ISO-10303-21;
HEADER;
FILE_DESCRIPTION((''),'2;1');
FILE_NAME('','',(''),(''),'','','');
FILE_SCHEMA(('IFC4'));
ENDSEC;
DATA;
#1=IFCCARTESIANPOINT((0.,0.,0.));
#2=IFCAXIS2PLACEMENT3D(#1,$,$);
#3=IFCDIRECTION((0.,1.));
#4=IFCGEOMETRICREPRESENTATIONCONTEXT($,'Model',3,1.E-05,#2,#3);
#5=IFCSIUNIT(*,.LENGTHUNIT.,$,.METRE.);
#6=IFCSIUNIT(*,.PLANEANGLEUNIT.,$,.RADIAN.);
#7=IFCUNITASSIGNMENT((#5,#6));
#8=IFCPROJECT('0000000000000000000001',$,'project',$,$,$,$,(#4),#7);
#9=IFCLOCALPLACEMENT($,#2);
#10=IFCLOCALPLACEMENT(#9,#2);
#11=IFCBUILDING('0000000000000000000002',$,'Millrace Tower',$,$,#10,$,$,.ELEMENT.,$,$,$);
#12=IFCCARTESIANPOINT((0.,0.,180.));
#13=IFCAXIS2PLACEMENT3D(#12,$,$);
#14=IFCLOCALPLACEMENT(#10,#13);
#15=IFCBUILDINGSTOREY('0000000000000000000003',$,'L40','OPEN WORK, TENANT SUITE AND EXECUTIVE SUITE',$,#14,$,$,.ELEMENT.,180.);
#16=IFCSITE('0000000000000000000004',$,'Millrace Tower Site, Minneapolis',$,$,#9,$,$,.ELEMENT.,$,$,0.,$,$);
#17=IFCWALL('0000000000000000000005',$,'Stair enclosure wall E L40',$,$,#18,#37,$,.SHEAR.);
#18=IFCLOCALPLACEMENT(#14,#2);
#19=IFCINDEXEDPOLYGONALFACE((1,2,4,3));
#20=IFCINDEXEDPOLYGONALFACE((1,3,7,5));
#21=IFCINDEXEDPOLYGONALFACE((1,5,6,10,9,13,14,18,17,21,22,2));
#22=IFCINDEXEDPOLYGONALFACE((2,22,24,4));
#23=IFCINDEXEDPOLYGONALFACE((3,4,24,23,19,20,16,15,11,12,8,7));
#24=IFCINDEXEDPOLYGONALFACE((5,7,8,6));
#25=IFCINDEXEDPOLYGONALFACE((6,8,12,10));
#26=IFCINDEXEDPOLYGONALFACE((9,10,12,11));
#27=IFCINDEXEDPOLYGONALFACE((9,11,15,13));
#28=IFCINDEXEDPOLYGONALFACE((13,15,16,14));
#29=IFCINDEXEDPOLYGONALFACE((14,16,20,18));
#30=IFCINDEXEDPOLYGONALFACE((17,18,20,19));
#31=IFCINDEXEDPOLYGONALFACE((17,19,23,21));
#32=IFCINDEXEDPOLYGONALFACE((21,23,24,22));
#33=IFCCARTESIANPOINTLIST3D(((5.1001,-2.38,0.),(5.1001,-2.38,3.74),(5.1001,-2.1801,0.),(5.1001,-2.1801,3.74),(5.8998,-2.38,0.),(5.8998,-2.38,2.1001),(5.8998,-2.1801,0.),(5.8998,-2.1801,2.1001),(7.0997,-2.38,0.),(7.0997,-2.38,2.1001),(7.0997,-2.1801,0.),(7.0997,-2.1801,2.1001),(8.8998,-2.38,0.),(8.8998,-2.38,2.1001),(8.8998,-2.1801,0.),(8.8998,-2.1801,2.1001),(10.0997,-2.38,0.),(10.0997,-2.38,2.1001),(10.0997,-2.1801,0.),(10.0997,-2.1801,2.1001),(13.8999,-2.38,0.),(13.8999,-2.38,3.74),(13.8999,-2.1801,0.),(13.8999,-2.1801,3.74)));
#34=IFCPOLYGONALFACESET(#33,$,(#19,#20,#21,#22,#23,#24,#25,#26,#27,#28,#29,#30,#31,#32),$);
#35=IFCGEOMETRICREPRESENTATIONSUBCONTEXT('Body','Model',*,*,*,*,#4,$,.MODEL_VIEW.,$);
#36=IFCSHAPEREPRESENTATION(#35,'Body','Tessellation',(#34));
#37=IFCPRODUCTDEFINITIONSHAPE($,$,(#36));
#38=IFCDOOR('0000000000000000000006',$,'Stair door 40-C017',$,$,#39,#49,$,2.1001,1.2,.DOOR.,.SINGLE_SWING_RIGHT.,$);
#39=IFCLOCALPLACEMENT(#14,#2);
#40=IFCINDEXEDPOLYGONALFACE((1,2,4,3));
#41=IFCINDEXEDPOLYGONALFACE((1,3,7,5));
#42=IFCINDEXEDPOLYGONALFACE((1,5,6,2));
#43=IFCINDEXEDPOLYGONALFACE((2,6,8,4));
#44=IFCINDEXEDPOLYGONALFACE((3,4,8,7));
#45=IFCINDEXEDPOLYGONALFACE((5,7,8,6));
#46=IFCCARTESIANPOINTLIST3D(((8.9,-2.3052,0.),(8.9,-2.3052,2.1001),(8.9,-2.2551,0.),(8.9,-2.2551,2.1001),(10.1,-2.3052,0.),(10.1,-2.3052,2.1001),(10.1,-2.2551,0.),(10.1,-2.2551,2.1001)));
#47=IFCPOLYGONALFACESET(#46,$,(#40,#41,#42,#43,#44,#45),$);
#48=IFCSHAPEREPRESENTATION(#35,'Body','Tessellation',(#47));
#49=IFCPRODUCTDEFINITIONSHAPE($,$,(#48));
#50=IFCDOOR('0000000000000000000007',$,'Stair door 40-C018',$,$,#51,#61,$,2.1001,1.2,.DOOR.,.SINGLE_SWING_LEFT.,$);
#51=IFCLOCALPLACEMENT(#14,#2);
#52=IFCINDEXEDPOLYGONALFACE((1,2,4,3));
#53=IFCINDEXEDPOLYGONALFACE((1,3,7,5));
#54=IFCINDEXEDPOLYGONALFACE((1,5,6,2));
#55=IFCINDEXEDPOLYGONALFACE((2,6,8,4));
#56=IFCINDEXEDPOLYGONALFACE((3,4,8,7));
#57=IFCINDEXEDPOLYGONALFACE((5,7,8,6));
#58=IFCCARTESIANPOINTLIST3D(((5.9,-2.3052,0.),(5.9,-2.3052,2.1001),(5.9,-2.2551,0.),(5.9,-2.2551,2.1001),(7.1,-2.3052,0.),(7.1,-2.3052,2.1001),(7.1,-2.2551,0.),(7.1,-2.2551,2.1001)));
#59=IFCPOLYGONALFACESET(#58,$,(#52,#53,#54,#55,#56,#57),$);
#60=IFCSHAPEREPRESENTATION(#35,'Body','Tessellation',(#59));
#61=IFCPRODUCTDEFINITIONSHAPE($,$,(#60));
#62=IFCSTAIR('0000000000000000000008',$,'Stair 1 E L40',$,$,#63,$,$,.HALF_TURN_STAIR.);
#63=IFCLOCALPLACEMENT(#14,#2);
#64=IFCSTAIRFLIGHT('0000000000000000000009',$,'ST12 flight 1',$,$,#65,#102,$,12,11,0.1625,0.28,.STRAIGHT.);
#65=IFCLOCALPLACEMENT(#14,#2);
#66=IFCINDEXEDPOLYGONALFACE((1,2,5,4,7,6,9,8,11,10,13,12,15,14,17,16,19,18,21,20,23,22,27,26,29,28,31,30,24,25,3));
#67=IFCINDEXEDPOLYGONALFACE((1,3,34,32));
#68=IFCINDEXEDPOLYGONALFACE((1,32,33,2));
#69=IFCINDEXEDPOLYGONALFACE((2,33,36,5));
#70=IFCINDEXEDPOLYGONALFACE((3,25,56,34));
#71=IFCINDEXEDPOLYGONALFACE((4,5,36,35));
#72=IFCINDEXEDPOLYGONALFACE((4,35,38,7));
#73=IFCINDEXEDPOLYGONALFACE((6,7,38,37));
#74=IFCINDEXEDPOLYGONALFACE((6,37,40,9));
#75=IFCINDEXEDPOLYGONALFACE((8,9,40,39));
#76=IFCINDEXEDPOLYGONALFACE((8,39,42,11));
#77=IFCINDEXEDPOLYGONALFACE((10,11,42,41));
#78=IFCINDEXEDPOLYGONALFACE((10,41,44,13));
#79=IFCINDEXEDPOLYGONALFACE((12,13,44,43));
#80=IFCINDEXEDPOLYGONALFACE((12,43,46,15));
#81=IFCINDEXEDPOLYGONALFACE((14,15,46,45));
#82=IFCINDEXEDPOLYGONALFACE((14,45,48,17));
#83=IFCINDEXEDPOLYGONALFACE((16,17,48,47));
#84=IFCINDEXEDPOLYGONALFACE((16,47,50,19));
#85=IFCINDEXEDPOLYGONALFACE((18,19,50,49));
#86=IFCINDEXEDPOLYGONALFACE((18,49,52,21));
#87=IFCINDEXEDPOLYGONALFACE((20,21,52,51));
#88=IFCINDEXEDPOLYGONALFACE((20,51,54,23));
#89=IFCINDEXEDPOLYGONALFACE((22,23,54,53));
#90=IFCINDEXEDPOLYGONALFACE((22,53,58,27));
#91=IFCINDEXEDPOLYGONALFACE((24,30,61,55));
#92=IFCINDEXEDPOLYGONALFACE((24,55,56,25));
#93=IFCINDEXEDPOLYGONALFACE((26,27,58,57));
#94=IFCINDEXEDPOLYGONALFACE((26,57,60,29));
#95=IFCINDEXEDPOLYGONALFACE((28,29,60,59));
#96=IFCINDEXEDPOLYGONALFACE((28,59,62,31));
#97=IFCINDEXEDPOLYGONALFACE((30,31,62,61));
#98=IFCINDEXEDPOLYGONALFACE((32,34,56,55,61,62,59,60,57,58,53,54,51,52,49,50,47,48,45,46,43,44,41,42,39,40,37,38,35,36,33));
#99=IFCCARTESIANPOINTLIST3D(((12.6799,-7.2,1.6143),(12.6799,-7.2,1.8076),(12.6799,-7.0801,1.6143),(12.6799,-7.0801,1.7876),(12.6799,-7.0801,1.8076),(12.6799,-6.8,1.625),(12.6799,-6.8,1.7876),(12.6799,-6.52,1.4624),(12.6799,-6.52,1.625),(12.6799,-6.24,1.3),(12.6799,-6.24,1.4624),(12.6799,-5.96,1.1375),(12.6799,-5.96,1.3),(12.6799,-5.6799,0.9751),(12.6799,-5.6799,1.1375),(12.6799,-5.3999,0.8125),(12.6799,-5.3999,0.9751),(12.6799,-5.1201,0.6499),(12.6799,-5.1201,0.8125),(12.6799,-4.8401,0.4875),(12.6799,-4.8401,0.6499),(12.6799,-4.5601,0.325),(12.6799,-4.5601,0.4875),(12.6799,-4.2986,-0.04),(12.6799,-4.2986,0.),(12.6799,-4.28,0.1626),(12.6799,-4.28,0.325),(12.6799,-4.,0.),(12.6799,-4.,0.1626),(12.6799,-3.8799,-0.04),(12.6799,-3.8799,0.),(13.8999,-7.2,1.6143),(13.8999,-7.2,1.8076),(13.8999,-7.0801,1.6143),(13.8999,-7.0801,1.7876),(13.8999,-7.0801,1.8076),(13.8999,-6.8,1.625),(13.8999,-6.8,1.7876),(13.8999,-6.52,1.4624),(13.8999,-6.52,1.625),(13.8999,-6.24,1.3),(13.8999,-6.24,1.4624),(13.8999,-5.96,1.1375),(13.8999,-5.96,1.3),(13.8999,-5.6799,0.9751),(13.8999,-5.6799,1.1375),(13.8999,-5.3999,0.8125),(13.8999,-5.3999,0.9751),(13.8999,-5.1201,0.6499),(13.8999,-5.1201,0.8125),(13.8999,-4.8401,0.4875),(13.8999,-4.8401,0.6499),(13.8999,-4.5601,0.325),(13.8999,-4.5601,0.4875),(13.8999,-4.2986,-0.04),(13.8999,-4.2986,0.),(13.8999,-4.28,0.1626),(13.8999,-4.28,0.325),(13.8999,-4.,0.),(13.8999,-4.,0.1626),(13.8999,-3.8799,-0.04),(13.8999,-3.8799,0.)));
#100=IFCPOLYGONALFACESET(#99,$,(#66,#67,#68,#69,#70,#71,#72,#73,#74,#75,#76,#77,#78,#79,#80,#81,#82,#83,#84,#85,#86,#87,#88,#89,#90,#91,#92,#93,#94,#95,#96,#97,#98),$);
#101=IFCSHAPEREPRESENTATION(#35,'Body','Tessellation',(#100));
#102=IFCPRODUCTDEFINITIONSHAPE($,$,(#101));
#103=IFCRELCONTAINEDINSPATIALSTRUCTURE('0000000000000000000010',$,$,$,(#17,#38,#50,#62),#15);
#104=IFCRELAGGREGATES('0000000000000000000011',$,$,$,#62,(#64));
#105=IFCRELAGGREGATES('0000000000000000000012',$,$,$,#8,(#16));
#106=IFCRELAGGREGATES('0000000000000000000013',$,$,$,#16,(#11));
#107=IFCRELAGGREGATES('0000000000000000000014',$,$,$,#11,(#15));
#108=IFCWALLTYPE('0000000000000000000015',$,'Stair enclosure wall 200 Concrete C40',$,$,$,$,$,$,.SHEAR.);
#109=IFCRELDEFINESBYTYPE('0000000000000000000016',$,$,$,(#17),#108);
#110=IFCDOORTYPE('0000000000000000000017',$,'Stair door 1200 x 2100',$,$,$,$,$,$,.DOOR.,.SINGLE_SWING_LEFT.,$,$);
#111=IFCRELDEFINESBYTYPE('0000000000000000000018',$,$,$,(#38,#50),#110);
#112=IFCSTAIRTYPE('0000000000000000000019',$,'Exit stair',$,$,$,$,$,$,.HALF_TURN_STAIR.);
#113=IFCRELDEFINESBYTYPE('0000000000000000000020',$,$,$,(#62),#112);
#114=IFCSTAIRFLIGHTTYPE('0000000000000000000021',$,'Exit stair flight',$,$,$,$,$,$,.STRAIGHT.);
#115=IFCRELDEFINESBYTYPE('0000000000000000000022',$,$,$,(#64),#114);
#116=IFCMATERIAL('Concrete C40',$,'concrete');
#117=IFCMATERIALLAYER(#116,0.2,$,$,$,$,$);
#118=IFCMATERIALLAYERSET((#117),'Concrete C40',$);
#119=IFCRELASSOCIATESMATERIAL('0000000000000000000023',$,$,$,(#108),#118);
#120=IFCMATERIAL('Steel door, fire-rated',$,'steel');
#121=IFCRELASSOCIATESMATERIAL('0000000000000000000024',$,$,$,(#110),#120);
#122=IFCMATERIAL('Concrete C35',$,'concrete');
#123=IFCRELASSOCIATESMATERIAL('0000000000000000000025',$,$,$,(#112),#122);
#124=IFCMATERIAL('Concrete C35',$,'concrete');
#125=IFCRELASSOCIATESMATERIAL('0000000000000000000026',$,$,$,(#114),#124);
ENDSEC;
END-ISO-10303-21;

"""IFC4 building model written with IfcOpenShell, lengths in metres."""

from ifc_helpers import new_model, si_unit, direction, frame, frame_2d, origin, place, context, subcontext, project, spatial, polyline, rectangle, outline, extrude, material, layer, layer_set, type_object, element, fill, aggregate, save


model = new_model("IFC4")

# Units and contexts
model_context = context("Model", 3, precision=1e-05, world=origin(), true_north=direction((0.0, 1.0)))
body_context = subcontext(model_context, "Body", "Model", "MODEL_VIEW")
ifc_project = project(units=[si_unit("LENGTHUNIT", "METRE"), si_unit("PLANEANGLEUNIT", "RADIAN")], contexts=[model_context])

# Site, building, storey
site_placement = place(None, origin())
site = spatial("IfcSite", under=ifc_project, at=site_placement, Name="Millrace Tower Site, Minneapolis", CompositionType="ELEMENT", RefElevation=0.0)
building_placement = place(site_placement, origin())
building = spatial("IfcBuilding", under=site, at=building_placement, Name="Millrace Tower", CompositionType="ELEMENT")
storey_placement = place(building_placement, frame((0.0, 0.0, 180.0)))
storey = spatial("IfcBuildingStorey", under=building, at=storey_placement, Name="L40", Description="OPEN WORK, TENANT SUITE AND EXECUTIVE SUITE", CompositionType="ELEMENT", Elevation=180.0)

# Shared definitions
placement = place(storey_placement, origin())

# Shared definitions
ifc_material_1 = material(Name="Concrete C40", Category="concrete")
ifc_layer_1 = layer(ifc_material_1, 0.2)
ifc_layer_set_1 = layer_set([ifc_layer_1], Name="Concrete C40")
wall_type_1 = type_object("IfcWallType", Name="Stair enclosure wall 200 Concrete C40", PredefinedType="SHEAR", material=ifc_layer_set_1)

# Wall, openings, doors
wall_1_placement = place(storey_placement, frame((13.8999, -2.28, 0.0), z_axis=(0.0, 0.0, 1.0), x_axis=(-1.0, 0.0, 0.0)))
wall_1 = element("IfcWall", 1, at=wall_1_placement, inside=storey, type_object=wall_type_1, Name="Stair enclosure wall E L40", PredefinedType="SHEAR", context=body_context, shape_type="SweptSolid", body=[
    extrude(rectangle(XDim=8.7998, YDim=0.2, at=frame_2d((4.3999, 0.0))), origin(), (0.0, 0.0, 1.0), 3.74),
])
opening_1_placement = place(wall_1_placement, frame((3.8, 0.0, 0.0)))
opening_1 = element("IfcOpeningElement", 2, at=opening_1_placement, cuts=wall_1, PredefinedType="OPENING", context=body_context, shape_type="SweptSolid", body=[
    extrude(rectangle(XDim=1.2, YDim=2.1001, at=frame_2d((0.6001, 1.05))), frame((0.0, 0.1099, 0.0), z_axis=(0.0, -1.0, 0.0), x_axis=(1.0, 0.0, 0.0)), (0.0, 0.0, 1.0), 0.22),
])
opening_2_placement = place(wall_1_placement, frame((6.8, 0.0, 0.0)))
opening_2 = element("IfcOpeningElement", 3, at=opening_2_placement, cuts=wall_1, PredefinedType="OPENING", context=body_context, shape_type="SweptSolid", body=[
    extrude(rectangle(XDim=1.2, YDim=2.1001, at=frame_2d((0.6001, 1.05))), frame((0.0, 0.1099, 0.0), z_axis=(0.0, -1.0, 0.0), x_axis=(1.0, 0.0, 0.0)), (0.0, 0.0, 1.0), 0.22),
])
ifc_material_2 = material(Name="Steel door, fire-rated", Category="steel")
door_type_1 = type_object("IfcDoorType", Name="Stair door 1200 x 2100", OperationType="SINGLE_SWING_LEFT", PredefinedType="DOOR", material=ifc_material_2)
door_1_placement = place(opening_1_placement, frame((1.2, 0.0, 0.0), z_axis=(0.0, 0.0, 1.0), x_axis=(-1.0, 0.0, 0.0)))
door_1 = element("IfcDoor", 4, at=door_1_placement, inside=storey, type_object=door_type_1, Name="Stair door 40-C017", OperationType="SINGLE_SWING_RIGHT", OverallHeight=2.1001, OverallWidth=1.2, PredefinedType="DOOR", context=body_context, shape_type="SweptSolid", body=[
    extrude(rectangle(XDim=1.2, YDim=2.1001, at=frame_2d((0.6001, 1.05))), frame((0.0, 0.0249, 0.0), z_axis=(0.0, -1.0, 0.0), x_axis=(1.0, 0.0, 0.0)), (0.0, 0.0, 1.0), 0.05),
])
fill(opening_1, door_1)
door_2_placement = place(opening_2_placement, frame((1.2, 0.0, 0.0), z_axis=(0.0, 0.0, 1.0), x_axis=(-1.0, 0.0, 0.0)))
door_2 = element("IfcDoor", 5, at=door_2_placement, inside=storey, type_object=door_type_1, Name="Stair door 40-C018", OperationType="SINGLE_SWING_LEFT", OverallHeight=2.1001, OverallWidth=1.2, PredefinedType="DOOR", context=body_context, shape_type="SweptSolid", body=[
    extrude(rectangle(XDim=1.2, YDim=2.1001, at=frame_2d((0.6001, 1.05))), frame((0.0, 0.0249, 0.0), z_axis=(0.0, -1.0, 0.0), x_axis=(1.0, 0.0, 0.0)), (0.0, 0.0, 1.0), 0.05),
])
fill(opening_2, door_2)

# Stair, stair flight
ifc_material_3 = material(Name="Concrete C35", Category="concrete")
stair_type = type_object("IfcStairType", Name="Exit stair", PredefinedType="HALF_TURN_STAIR", material=ifc_material_3)
stair = element("IfcStair", 6, at=placement, inside=storey, type_object=stair_type, Name="Stair 1 E L40", PredefinedType="HALF_TURN_STAIR")
ifc_material_4 = material(Name="Concrete C35", Category="concrete")
stair_flight_type = type_object("IfcStairFlightType", Name="Exit stair flight", PredefinedType="STRAIGHT", material=ifc_material_4)
stair_flight_placement = place(storey_placement, frame((13.29, -4.0, 0.0), z_axis=(0.0, 0.0, 1.0), x_axis=(0.0, -1.0, 0.0)))
stair_flight = element("IfcStairFlight", 7, at=stair_flight_placement, type_object=stair_flight_type, Name="ST12 flight 1", NumberOfRisers=12, NumberOfTreads=11, PredefinedType="STRAIGHT", RiserHeight=0.1625, TreadLength=0.28, context=body_context, shape_type="SweptSolid", body=[
    extrude(outline(polyline([(-0.1201, -0.04), (-0.1201, 0.0), (0.0, 0.0), (0.0, 0.1626), (0.28, 0.1626), (0.28, 0.325), (0.5601, 0.325), (0.5601, 0.4875), (0.8401, 0.4875), (0.8401, 0.6499), (1.1201, 0.6499), (1.1201, 0.8125), (1.3999, 0.8125), (1.3999, 0.9751), (1.6799, 0.9751), (1.6799, 1.1375), (1.96, 1.1375), (1.96, 1.3), (2.24, 1.3), (2.24, 1.4624), (2.52, 1.4624), (2.52, 1.625), (2.8, 1.625), (2.8, 1.7876), (3.0801, 1.7876), (3.0801, 1.8076), (3.2, 1.8076), (3.2, 1.6143), (3.0801, 1.6143), (0.2986, 0.0), (0.2986, -0.04), (-0.1201, -0.04)])), frame((0.0, 0.6099, 0.0), z_axis=(0.0, -1.0, 0.0), x_axis=(1.0, 0.0, 0.0)), (0.0, 0.0, 1.0), 1.22),
])
aggregate(stair, [stair_flight])

save(model, "model.ifc")
